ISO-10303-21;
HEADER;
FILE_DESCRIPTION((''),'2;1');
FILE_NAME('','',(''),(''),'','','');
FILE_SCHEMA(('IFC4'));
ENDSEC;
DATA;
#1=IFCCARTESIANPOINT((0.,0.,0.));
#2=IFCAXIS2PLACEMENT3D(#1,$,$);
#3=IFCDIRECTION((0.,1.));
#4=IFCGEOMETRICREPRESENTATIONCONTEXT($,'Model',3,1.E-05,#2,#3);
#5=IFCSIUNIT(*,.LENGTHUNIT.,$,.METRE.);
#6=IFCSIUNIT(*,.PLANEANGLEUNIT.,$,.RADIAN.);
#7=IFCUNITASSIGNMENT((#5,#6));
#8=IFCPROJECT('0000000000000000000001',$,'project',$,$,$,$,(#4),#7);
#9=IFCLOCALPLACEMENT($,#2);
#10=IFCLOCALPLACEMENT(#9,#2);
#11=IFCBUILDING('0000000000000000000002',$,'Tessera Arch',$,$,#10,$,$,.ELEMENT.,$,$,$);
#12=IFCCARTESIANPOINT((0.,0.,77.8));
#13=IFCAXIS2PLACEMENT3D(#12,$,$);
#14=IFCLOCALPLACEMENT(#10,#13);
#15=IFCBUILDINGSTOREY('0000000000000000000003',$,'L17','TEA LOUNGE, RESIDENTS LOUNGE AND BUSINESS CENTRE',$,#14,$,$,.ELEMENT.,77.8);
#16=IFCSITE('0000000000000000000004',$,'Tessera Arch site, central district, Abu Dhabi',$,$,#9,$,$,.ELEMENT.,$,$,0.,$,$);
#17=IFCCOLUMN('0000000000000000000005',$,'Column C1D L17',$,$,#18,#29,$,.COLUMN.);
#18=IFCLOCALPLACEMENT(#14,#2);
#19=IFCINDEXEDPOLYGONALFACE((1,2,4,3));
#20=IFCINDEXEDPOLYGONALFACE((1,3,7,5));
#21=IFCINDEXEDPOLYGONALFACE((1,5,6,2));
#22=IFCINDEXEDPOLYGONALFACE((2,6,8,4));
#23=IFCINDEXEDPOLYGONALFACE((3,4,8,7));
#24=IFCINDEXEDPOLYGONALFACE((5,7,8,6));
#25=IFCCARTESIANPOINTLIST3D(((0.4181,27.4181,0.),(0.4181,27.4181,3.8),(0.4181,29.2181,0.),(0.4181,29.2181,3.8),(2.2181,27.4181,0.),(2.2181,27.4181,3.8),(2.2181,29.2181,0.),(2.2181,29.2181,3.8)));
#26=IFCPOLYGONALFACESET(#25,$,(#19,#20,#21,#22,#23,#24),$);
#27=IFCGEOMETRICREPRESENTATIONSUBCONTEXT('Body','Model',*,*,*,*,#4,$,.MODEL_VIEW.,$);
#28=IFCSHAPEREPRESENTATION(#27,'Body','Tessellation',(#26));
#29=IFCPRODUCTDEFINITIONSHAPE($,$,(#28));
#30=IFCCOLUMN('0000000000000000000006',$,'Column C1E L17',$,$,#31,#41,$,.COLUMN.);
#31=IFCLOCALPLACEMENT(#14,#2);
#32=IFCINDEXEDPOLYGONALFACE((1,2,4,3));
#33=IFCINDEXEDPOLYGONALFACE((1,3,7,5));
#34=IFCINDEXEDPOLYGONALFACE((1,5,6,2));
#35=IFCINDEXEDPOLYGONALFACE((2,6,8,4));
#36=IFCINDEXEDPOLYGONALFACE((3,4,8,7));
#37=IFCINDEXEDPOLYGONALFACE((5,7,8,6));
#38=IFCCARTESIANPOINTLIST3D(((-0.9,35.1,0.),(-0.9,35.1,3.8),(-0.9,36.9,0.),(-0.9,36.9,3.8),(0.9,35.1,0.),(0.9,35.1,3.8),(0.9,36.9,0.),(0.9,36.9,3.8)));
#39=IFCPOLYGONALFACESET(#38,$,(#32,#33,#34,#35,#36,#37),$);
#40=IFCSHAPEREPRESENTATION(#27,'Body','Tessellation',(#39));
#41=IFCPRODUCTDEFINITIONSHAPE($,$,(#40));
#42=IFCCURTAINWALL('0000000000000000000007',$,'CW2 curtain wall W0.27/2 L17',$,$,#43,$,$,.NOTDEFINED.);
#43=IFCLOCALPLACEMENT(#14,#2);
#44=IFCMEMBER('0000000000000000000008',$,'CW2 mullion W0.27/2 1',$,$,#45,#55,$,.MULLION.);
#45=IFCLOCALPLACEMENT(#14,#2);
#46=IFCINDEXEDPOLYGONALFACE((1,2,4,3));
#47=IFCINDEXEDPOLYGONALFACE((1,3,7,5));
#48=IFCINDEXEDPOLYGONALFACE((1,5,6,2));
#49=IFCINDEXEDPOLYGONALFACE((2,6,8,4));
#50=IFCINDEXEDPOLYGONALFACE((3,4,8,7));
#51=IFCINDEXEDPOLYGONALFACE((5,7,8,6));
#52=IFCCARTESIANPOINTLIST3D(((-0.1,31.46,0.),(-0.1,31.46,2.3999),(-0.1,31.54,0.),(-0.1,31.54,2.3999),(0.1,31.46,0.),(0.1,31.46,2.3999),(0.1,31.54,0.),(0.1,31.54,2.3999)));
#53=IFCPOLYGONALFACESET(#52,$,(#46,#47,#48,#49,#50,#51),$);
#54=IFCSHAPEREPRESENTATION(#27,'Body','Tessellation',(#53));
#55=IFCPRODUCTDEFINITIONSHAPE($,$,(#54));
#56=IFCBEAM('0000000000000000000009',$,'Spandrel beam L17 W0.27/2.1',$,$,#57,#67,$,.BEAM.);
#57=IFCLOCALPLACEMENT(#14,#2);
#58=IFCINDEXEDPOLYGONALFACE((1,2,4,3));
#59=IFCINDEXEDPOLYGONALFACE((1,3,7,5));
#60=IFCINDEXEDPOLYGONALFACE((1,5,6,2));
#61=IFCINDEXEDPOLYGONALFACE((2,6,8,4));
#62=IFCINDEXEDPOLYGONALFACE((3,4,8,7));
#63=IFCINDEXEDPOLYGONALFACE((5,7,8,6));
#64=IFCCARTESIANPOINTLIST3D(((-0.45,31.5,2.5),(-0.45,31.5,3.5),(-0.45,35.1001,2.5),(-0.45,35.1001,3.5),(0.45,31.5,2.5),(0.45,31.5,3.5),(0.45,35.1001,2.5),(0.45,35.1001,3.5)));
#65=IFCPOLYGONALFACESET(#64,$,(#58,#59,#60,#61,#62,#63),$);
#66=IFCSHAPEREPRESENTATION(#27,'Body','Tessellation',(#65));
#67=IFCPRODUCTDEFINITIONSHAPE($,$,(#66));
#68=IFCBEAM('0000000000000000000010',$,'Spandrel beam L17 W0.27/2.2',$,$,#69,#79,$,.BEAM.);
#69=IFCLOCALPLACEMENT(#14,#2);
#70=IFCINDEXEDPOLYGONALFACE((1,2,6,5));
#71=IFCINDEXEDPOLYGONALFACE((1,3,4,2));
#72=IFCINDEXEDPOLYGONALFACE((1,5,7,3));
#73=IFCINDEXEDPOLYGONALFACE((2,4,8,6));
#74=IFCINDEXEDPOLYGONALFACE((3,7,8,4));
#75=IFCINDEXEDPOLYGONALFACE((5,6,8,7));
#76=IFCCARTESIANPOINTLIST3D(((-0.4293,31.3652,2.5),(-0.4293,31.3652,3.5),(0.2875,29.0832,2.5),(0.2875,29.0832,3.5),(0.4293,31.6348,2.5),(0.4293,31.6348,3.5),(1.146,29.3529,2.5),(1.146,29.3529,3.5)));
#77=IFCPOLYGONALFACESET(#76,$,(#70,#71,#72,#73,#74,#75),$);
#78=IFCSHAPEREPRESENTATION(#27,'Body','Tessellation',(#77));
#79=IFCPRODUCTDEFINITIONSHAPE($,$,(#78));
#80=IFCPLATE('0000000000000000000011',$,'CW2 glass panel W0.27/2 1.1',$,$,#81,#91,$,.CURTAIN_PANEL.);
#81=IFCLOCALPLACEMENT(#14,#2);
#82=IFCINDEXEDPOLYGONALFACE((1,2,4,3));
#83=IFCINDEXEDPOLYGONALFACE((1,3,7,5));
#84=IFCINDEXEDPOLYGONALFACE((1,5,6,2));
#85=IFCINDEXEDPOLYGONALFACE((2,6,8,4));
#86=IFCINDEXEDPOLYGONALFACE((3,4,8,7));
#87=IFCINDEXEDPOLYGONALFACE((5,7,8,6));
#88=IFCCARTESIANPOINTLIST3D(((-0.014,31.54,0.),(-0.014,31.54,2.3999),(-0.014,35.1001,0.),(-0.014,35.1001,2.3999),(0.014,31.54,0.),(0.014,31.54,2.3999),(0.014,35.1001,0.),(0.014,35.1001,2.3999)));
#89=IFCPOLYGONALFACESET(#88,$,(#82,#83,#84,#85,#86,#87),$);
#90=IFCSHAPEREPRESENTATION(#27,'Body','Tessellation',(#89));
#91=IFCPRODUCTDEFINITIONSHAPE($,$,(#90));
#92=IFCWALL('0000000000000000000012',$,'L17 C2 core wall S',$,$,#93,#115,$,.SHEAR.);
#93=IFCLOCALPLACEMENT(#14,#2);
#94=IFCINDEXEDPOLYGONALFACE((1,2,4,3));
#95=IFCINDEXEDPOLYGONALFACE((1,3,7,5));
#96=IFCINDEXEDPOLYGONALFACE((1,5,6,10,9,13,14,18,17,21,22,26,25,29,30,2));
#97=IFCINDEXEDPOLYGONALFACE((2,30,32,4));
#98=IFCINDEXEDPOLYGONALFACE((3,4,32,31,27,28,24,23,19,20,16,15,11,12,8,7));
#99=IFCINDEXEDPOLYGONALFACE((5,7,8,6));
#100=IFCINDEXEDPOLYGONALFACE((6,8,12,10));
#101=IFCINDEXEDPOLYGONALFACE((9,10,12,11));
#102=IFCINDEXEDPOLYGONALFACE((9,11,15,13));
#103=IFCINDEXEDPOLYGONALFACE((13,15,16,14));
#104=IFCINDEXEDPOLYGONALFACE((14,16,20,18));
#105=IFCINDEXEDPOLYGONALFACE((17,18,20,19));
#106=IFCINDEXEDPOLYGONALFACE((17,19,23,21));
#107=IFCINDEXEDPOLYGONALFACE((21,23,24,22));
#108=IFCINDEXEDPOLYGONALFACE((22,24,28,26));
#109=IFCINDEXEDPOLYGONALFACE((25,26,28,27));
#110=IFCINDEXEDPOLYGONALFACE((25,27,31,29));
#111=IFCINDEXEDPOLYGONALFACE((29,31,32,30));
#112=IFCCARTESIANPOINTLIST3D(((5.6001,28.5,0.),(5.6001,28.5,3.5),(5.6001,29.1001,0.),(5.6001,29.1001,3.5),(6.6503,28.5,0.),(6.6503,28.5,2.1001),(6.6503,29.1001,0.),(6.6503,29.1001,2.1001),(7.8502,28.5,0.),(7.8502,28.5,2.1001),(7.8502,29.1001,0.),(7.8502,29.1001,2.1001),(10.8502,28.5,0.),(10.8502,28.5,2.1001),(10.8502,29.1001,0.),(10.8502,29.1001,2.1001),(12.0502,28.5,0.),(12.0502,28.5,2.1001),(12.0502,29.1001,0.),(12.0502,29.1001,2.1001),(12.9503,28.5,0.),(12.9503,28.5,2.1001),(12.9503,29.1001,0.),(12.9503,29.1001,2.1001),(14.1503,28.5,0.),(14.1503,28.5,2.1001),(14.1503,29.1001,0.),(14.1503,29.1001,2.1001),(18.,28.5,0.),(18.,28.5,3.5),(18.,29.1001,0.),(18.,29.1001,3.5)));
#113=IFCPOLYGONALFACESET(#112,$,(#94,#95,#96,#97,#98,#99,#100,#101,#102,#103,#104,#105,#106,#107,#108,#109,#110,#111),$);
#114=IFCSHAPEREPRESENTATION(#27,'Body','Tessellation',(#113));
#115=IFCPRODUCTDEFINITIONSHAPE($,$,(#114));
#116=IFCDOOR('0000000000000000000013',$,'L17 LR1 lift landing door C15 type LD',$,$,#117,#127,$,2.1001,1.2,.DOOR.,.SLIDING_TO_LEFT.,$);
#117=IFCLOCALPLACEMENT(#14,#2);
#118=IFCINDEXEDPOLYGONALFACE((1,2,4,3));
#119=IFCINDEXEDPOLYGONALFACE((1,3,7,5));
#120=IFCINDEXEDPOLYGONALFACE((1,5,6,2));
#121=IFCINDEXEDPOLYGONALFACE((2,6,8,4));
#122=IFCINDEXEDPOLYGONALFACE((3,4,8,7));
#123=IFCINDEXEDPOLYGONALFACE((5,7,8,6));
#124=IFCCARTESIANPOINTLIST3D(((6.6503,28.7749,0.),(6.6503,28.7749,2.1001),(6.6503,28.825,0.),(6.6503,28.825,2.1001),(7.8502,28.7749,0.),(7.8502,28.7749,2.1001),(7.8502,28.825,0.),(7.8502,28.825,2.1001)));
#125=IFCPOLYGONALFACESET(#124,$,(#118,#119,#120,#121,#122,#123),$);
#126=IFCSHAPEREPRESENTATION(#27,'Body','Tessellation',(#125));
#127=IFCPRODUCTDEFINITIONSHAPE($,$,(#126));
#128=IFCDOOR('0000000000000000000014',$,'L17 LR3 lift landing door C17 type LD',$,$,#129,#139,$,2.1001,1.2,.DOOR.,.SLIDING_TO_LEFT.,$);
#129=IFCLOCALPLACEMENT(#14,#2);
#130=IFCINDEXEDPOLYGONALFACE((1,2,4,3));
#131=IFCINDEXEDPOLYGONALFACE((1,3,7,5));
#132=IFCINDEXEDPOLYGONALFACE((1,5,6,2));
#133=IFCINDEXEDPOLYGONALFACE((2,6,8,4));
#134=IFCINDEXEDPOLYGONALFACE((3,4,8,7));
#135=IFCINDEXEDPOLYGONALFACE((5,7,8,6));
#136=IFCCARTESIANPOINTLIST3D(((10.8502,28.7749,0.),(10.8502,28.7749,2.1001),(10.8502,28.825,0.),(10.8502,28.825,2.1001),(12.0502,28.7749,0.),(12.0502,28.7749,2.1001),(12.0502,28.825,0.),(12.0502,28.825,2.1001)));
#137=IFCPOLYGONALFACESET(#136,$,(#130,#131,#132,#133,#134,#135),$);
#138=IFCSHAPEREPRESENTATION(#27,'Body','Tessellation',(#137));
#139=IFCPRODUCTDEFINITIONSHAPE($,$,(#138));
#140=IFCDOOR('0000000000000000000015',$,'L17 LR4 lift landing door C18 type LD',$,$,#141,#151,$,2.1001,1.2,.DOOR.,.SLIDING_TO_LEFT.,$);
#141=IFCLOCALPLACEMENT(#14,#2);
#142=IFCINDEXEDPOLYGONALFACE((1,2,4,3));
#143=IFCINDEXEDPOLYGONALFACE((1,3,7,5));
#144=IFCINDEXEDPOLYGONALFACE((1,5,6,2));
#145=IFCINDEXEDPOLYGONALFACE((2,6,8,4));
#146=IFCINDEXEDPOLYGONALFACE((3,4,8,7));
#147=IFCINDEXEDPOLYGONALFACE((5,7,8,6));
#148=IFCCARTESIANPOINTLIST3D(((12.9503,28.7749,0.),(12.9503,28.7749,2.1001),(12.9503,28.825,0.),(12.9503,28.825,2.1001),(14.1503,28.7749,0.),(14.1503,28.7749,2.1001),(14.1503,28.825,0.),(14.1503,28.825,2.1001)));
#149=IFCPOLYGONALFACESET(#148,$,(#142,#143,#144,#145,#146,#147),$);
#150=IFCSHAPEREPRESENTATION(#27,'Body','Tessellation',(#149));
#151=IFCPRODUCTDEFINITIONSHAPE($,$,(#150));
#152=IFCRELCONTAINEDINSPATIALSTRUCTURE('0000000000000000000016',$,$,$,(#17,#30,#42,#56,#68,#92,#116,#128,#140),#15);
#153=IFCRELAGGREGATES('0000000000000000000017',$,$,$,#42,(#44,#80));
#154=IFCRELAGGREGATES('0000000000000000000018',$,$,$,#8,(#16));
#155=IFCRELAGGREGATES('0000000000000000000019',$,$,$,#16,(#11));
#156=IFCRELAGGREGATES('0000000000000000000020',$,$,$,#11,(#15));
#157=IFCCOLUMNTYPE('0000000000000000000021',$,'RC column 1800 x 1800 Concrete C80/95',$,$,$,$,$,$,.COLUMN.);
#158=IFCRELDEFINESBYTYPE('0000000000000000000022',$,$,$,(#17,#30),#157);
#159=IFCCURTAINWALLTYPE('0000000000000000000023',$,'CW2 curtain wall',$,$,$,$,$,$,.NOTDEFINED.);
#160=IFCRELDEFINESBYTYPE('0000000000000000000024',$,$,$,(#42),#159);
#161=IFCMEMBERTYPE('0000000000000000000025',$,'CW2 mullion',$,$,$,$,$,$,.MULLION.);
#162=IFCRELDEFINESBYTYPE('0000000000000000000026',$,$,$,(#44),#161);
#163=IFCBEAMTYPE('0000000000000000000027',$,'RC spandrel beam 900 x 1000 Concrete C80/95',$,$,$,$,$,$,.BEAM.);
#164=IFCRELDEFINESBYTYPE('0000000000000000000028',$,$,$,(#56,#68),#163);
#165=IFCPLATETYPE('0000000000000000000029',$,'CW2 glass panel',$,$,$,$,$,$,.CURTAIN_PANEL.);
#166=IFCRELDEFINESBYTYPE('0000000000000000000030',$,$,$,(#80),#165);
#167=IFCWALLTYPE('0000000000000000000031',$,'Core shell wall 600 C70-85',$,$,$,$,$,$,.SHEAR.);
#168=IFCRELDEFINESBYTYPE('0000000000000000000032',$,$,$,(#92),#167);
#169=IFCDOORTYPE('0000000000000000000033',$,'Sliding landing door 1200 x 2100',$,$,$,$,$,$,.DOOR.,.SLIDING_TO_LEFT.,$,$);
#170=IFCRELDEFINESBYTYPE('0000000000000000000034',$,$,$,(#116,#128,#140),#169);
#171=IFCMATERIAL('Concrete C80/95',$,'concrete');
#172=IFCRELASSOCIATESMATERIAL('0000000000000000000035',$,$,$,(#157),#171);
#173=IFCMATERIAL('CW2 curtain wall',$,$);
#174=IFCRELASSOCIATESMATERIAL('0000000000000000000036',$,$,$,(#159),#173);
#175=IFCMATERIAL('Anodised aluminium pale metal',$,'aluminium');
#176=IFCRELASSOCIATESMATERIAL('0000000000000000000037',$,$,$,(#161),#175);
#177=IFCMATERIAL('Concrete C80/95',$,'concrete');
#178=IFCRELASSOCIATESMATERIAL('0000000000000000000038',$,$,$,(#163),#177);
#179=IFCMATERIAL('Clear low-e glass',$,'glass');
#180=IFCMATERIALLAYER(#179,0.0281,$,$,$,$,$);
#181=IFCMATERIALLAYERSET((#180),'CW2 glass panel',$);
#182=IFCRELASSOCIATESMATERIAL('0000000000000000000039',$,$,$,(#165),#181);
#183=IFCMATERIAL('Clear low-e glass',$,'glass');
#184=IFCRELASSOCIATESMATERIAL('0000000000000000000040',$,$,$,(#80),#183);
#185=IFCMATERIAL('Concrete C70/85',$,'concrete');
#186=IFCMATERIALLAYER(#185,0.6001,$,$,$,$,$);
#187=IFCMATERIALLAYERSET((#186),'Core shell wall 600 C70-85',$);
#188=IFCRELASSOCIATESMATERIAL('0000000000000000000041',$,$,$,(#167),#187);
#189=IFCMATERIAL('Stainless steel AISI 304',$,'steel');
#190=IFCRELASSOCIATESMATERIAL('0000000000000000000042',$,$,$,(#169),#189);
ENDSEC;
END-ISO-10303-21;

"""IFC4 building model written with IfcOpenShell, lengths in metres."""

from ifc_helpers import new_model, si_unit, direction, frame, frame_2d, origin, origin_2d, place, context, subcontext, project, spatial, rectangle, extrude, material, layer, layer_set, material_profile, profile_set, type_object, element, fill, aggregate, save


model = new_model("IFC4")

# Units and contexts
model_context = context("Model", 3, precision=1e-05, world=origin(), true_north=direction((0.0, 1.0)))
body_context = subcontext(model_context, "Body", "Model", "MODEL_VIEW")
ifc_project = project(units=[si_unit("LENGTHUNIT", "METRE"), si_unit("PLANEANGLEUNIT", "RADIAN")], contexts=[model_context])

# Site, building, storey
site_placement = place(None, origin())
site = spatial("IfcSite", under=ifc_project, at=site_placement, Name="Tessera Arch site, central district, Abu Dhabi", CompositionType="ELEMENT", RefElevation=0.0)
building_placement = place(site_placement, origin())
building = spatial("IfcBuilding", under=site, at=building_placement, Name="Tessera Arch", CompositionType="ELEMENT")
storey_placement = place(building_placement, frame((0.0, 0.0, 77.8)))
storey = spatial("IfcBuildingStorey", under=building, at=storey_placement, Name="L17", Description="TEA LOUNGE, RESIDENTS LOUNGE AND BUSINESS CENTRE", CompositionType="ELEMENT", Elevation=77.8)

# Columns
ifc_material_1 = material(Name="Concrete C80/95", Category="concrete")
ifc_material_profile_1 = material_profile(ifc_material_1, rectangle(XDim=1.8, YDim=1.8, at=origin_2d()), Name="RC column 1800 x 1800 Concrete C80/95")
ifc_profile_set_1 = profile_set([ifc_material_profile_1], Name="Concrete C80/95")
column_type = type_object("IfcColumnType", Name="RC column 1800 x 1800 Concrete C80/95", PredefinedType="COLUMN", material=ifc_profile_set_1)
for number, where, z_axis, x_axis, name in (
    (1, (1.3181, 28.3181, 0.0), (0.0, 0.0, 1.0), (1.0, 0.0, 0.0), "Column C1D L17"),
    (2, (0.0, 36.0, 0.0), (0.0, 0.0, 1.0), (1.0, 0.0, 0.0), "Column C1E L17"),
):
    element("IfcColumn", number, at=place(storey_placement, frame(where, z_axis=z_axis, x_axis=x_axis)), inside=storey, type_object=column_type, Name=name, PredefinedType="COLUMN", context=body_context, shape_type="SweptSolid", body=[
        extrude(rectangle(XDim=1.8, YDim=1.8, at=origin_2d()), origin(), (0.0, 0.0, 1.0), 3.8),
    ])

# Curtain wall, member
ifc_material_2 = material(Name="CW2 curtain wall")
curtain_wall_type = type_object("IfcCurtainWallType", Name="CW2 curtain wall", PredefinedType="NOTDEFINED", material=ifc_material_2)
curtain_wall_placement = place(storey_placement, origin())
curtain_wall = element("IfcCurtainWall", 3, at=curtain_wall_placement, inside=storey, type_object=curtain_wall_type, Name="CW2 curtain wall W0.27/2 L17", PredefinedType="NOTDEFINED")
ifc_material_3 = material(Name="Anodised aluminium pale metal", Category="aluminium")
ifc_material_profile_2 = material_profile(ifc_material_3, rectangle(XDim=0.2, YDim=0.0801, at=origin_2d()), Name="AL 80x200")
ifc_profile_set_2 = profile_set([ifc_material_profile_2], Name="Anodised aluminium pale metal")
member_type = type_object("IfcMemberType", Name="CW2 mullion", PredefinedType="MULLION", material=ifc_profile_set_2)
member_placement = place(storey_placement, frame((0.0, 31.5, 0.0), z_axis=(0.0, 0.0, 1.0), x_axis=(1.0, 0.0, 0.0)))
member = element("IfcMember", 4, at=member_placement, type_object=member_type, Name="CW2 mullion W0.27/2 1", PredefinedType="MULLION", context=body_context, shape_type="SweptSolid", body=[
    extrude(rectangle(XDim=0.2, YDim=0.0801, at=origin_2d()), origin(), (0.0, 0.0, 1.0), 2.3999),
])

# Beams
ifc_material_4 = material(Name="Concrete C80/95", Category="concrete")
ifc_material_profile_3 = material_profile(ifc_material_4, rectangle(XDim=0.8999, YDim=1.0, at=origin_2d()), Name="RC spandrel beam 900 x 1000 Concrete C80/95")
ifc_profile_set_3 = profile_set([ifc_material_profile_3], Name="Concrete C80/95")
beam_type = type_object("IfcBeamType", Name="RC spandrel beam 900 x 1000 Concrete C80/95", PredefinedType="BEAM", material=ifc_profile_set_3)
beam_1_placement = place(storey_placement, frame((0.0, 35.1001, 3.0), z_axis=(0.0, -1.0, 0.0), x_axis=(1.0, 0.0, 0.0)))
element("IfcBeam", 5, at=beam_1_placement, inside=storey, type_object=beam_type, Name="Spandrel beam L17 W0.27/2.1", PredefinedType="BEAM", context=body_context, shape_type="SweptSolid", body=[
    extrude(rectangle(XDim=0.8999, YDim=1.0, at=origin_2d()), origin(), (0.0, 0.0, 1.0), 3.6001),
])
beam_2_placement = place(storey_placement, frame((0.0, 31.5, 3.0), z_axis=(0.299675, -0.954041, 0.0), x_axis=(0.954041, 0.299675, 0.0)))
element("IfcBeam", 6, at=beam_2_placement, inside=storey, type_object=beam_type, Name="Spandrel beam L17 W0.27/2.2", PredefinedType="BEAM", context=body_context, shape_type="SweptSolid", body=[
    extrude(rectangle(XDim=0.8999, YDim=1.0, at=origin_2d()), origin(), (0.0, 0.0, 1.0), 2.3918),
])

# Plate
ifc_material_5 = material(Name="Clear low-e glass", Category="glass")
ifc_material_6 = material(Name="Clear low-e glass", Category="glass")
ifc_layer_1 = layer(ifc_material_6, 0.0281)
ifc_layer_set_1 = layer_set([ifc_layer_1], Name="CW2 glass panel")
plate_type = type_object("IfcPlateType", Name="CW2 glass panel", PredefinedType="CURTAIN_PANEL", material=ifc_layer_set_1)
plate_placement = place(storey_placement, frame((0.0, 33.3201, 0.0), z_axis=(0.0, 0.0, 1.0), x_axis=(0.0, -1.0, 0.0)))
plate = element("IfcPlate", 7, at=plate_placement, type_object=plate_type, material=ifc_material_5, Name="CW2 glass panel W0.27/2 1.1", PredefinedType="CURTAIN_PANEL", context=body_context, shape_type="SweptSolid", body=[
    extrude(rectangle(XDim=3.5601, YDim=0.0281, at=origin_2d()), origin(), (0.0, 0.0, 1.0), 2.3999),
])
aggregate(curtain_wall, [member, plate])

# Wall, openings, doors
ifc_material_7 = material(Name="Concrete C70/85", Category="concrete")
ifc_layer_2 = layer(ifc_material_7, 0.6001)
ifc_layer_set_2 = layer_set([ifc_layer_2], Name="Core shell wall 600 C70-85")
wall_type_1 = type_object("IfcWallType", Name="Core shell wall 600 C70-85", PredefinedType="SHEAR", material=ifc_layer_set_2)
wall_1_placement = place(storey_placement, frame((5.6001, 28.8, 0.0), z_axis=(0.0, 0.0, 1.0), x_axis=(1.0, 0.0, 0.0)))
wall_1 = element("IfcWall", 8, at=wall_1_placement, inside=storey, type_object=wall_type_1, Name="L17 C2 core wall S", PredefinedType="SHEAR", context=body_context, shape_type="SweptSolid", body=[
    extrude(rectangle(XDim=12.3999, YDim=0.6001, at=frame_2d((6.2, 0.0))), origin(), (0.0, 0.0, 1.0), 3.5),
])
opening_1_placement = place(wall_1_placement, frame((1.05, 0.0, 0.0)))
opening_1 = element("IfcOpeningElement", 9, at=opening_1_placement, cuts=wall_1, PredefinedType="OPENING", context=body_context, shape_type="SweptSolid", body=[
    extrude(rectangle(XDim=1.2, YDim=2.1001, at=frame_2d((0.6001, 1.05))), frame((0.0, 0.3101, 0.0), z_axis=(0.0, -1.0, 0.0), x_axis=(1.0, 0.0, 0.0)), (0.0, 0.0, 1.0), 0.6201),
])
opening_2_placement = place(wall_1_placement, frame((5.25, 0.0, 0.0)))
opening_2 = element("IfcOpeningElement", 10, at=opening_2_placement, cuts=wall_1, PredefinedType="OPENING", context=body_context, shape_type="SweptSolid", body=[
    extrude(rectangle(XDim=1.2, YDim=2.1001, at=frame_2d((0.6001, 1.05))), frame((0.0, 0.3101, 0.0), z_axis=(0.0, -1.0, 0.0), x_axis=(1.0, 0.0, 0.0)), (0.0, 0.0, 1.0), 0.6201),
])
opening_3_placement = place(wall_1_placement, frame((7.3501, 0.0, 0.0)))
opening_3 = element("IfcOpeningElement", 11, at=opening_3_placement, cuts=wall_1, PredefinedType="OPENING", context=body_context, shape_type="SweptSolid", body=[
    extrude(rectangle(XDim=1.2, YDim=2.1001, at=frame_2d((0.6001, 1.05))), frame((0.0, 0.3101, 0.0), z_axis=(0.0, -1.0, 0.0), x_axis=(1.0, 0.0, 0.0)), (0.0, 0.0, 1.0), 0.6201),
])
ifc_material_8 = material(Name="Stainless steel AISI 304", Category="steel")
door_type_1 = type_object("IfcDoorType", Name="Sliding landing door 1200 x 2100", OperationType="SLIDING_TO_LEFT", PredefinedType="DOOR", material=ifc_material_8)
door_1_placement = place(opening_1_placement, origin())
door_1 = element("IfcDoor", 12, at=door_1_placement, inside=storey, type_object=door_type_1, Name="L17 LR1 lift landing door C15 type LD", OperationType="SLIDING_TO_LEFT", OverallHeight=2.1001, OverallWidth=1.2, PredefinedType="DOOR", context=body_context, shape_type="SweptSolid", body=[
    extrude(rectangle(XDim=1.2, YDim=2.1001, at=frame_2d((0.6001, 1.05))), frame((0.0, 0.0249, 0.0), z_axis=(0.0, -1.0, 0.0), x_axis=(1.0, 0.0, 0.0)), (0.0, 0.0, 1.0), 0.05),
])
fill(opening_1, door_1)
door_2_placement = place(opening_2_placement, origin())
door_2 = element("IfcDoor", 13, at=door_2_placement, inside=storey, type_object=door_type_1, Name="L17 LR3 lift landing door C17 type LD", OperationType="SLIDING_TO_LEFT", OverallHeight=2.1001, OverallWidth=1.2, PredefinedType="DOOR", context=body_context, shape_type="SweptSolid", body=[
    extrude(rectangle(XDim=1.2, YDim=2.1001, at=frame_2d((0.6001, 1.05))), frame((0.0, 0.0249, 0.0), z_axis=(0.0, -1.0, 0.0), x_axis=(1.0, 0.0, 0.0)), (0.0, 0.0, 1.0), 0.05),
])
fill(opening_2, door_2)
door_3_placement = place(opening_3_placement, origin())
door_3 = element("IfcDoor", 14, at=door_3_placement, inside=storey, type_object=door_type_1, Name="L17 LR4 lift landing door C18 type LD", OperationType="SLIDING_TO_LEFT", OverallHeight=2.1001, OverallWidth=1.2, PredefinedType="DOOR", context=body_context, shape_type="SweptSolid", body=[
    extrude(rectangle(XDim=1.2, YDim=2.1001, at=frame_2d((0.6001, 1.05))), frame((0.0, 0.0249, 0.0), z_axis=(0.0, -1.0, 0.0), x_axis=(1.0, 0.0, 0.0)), (0.0, 0.0, 1.0), 0.05),
])
fill(opening_3, door_3)

save(model, "model.ifc")
